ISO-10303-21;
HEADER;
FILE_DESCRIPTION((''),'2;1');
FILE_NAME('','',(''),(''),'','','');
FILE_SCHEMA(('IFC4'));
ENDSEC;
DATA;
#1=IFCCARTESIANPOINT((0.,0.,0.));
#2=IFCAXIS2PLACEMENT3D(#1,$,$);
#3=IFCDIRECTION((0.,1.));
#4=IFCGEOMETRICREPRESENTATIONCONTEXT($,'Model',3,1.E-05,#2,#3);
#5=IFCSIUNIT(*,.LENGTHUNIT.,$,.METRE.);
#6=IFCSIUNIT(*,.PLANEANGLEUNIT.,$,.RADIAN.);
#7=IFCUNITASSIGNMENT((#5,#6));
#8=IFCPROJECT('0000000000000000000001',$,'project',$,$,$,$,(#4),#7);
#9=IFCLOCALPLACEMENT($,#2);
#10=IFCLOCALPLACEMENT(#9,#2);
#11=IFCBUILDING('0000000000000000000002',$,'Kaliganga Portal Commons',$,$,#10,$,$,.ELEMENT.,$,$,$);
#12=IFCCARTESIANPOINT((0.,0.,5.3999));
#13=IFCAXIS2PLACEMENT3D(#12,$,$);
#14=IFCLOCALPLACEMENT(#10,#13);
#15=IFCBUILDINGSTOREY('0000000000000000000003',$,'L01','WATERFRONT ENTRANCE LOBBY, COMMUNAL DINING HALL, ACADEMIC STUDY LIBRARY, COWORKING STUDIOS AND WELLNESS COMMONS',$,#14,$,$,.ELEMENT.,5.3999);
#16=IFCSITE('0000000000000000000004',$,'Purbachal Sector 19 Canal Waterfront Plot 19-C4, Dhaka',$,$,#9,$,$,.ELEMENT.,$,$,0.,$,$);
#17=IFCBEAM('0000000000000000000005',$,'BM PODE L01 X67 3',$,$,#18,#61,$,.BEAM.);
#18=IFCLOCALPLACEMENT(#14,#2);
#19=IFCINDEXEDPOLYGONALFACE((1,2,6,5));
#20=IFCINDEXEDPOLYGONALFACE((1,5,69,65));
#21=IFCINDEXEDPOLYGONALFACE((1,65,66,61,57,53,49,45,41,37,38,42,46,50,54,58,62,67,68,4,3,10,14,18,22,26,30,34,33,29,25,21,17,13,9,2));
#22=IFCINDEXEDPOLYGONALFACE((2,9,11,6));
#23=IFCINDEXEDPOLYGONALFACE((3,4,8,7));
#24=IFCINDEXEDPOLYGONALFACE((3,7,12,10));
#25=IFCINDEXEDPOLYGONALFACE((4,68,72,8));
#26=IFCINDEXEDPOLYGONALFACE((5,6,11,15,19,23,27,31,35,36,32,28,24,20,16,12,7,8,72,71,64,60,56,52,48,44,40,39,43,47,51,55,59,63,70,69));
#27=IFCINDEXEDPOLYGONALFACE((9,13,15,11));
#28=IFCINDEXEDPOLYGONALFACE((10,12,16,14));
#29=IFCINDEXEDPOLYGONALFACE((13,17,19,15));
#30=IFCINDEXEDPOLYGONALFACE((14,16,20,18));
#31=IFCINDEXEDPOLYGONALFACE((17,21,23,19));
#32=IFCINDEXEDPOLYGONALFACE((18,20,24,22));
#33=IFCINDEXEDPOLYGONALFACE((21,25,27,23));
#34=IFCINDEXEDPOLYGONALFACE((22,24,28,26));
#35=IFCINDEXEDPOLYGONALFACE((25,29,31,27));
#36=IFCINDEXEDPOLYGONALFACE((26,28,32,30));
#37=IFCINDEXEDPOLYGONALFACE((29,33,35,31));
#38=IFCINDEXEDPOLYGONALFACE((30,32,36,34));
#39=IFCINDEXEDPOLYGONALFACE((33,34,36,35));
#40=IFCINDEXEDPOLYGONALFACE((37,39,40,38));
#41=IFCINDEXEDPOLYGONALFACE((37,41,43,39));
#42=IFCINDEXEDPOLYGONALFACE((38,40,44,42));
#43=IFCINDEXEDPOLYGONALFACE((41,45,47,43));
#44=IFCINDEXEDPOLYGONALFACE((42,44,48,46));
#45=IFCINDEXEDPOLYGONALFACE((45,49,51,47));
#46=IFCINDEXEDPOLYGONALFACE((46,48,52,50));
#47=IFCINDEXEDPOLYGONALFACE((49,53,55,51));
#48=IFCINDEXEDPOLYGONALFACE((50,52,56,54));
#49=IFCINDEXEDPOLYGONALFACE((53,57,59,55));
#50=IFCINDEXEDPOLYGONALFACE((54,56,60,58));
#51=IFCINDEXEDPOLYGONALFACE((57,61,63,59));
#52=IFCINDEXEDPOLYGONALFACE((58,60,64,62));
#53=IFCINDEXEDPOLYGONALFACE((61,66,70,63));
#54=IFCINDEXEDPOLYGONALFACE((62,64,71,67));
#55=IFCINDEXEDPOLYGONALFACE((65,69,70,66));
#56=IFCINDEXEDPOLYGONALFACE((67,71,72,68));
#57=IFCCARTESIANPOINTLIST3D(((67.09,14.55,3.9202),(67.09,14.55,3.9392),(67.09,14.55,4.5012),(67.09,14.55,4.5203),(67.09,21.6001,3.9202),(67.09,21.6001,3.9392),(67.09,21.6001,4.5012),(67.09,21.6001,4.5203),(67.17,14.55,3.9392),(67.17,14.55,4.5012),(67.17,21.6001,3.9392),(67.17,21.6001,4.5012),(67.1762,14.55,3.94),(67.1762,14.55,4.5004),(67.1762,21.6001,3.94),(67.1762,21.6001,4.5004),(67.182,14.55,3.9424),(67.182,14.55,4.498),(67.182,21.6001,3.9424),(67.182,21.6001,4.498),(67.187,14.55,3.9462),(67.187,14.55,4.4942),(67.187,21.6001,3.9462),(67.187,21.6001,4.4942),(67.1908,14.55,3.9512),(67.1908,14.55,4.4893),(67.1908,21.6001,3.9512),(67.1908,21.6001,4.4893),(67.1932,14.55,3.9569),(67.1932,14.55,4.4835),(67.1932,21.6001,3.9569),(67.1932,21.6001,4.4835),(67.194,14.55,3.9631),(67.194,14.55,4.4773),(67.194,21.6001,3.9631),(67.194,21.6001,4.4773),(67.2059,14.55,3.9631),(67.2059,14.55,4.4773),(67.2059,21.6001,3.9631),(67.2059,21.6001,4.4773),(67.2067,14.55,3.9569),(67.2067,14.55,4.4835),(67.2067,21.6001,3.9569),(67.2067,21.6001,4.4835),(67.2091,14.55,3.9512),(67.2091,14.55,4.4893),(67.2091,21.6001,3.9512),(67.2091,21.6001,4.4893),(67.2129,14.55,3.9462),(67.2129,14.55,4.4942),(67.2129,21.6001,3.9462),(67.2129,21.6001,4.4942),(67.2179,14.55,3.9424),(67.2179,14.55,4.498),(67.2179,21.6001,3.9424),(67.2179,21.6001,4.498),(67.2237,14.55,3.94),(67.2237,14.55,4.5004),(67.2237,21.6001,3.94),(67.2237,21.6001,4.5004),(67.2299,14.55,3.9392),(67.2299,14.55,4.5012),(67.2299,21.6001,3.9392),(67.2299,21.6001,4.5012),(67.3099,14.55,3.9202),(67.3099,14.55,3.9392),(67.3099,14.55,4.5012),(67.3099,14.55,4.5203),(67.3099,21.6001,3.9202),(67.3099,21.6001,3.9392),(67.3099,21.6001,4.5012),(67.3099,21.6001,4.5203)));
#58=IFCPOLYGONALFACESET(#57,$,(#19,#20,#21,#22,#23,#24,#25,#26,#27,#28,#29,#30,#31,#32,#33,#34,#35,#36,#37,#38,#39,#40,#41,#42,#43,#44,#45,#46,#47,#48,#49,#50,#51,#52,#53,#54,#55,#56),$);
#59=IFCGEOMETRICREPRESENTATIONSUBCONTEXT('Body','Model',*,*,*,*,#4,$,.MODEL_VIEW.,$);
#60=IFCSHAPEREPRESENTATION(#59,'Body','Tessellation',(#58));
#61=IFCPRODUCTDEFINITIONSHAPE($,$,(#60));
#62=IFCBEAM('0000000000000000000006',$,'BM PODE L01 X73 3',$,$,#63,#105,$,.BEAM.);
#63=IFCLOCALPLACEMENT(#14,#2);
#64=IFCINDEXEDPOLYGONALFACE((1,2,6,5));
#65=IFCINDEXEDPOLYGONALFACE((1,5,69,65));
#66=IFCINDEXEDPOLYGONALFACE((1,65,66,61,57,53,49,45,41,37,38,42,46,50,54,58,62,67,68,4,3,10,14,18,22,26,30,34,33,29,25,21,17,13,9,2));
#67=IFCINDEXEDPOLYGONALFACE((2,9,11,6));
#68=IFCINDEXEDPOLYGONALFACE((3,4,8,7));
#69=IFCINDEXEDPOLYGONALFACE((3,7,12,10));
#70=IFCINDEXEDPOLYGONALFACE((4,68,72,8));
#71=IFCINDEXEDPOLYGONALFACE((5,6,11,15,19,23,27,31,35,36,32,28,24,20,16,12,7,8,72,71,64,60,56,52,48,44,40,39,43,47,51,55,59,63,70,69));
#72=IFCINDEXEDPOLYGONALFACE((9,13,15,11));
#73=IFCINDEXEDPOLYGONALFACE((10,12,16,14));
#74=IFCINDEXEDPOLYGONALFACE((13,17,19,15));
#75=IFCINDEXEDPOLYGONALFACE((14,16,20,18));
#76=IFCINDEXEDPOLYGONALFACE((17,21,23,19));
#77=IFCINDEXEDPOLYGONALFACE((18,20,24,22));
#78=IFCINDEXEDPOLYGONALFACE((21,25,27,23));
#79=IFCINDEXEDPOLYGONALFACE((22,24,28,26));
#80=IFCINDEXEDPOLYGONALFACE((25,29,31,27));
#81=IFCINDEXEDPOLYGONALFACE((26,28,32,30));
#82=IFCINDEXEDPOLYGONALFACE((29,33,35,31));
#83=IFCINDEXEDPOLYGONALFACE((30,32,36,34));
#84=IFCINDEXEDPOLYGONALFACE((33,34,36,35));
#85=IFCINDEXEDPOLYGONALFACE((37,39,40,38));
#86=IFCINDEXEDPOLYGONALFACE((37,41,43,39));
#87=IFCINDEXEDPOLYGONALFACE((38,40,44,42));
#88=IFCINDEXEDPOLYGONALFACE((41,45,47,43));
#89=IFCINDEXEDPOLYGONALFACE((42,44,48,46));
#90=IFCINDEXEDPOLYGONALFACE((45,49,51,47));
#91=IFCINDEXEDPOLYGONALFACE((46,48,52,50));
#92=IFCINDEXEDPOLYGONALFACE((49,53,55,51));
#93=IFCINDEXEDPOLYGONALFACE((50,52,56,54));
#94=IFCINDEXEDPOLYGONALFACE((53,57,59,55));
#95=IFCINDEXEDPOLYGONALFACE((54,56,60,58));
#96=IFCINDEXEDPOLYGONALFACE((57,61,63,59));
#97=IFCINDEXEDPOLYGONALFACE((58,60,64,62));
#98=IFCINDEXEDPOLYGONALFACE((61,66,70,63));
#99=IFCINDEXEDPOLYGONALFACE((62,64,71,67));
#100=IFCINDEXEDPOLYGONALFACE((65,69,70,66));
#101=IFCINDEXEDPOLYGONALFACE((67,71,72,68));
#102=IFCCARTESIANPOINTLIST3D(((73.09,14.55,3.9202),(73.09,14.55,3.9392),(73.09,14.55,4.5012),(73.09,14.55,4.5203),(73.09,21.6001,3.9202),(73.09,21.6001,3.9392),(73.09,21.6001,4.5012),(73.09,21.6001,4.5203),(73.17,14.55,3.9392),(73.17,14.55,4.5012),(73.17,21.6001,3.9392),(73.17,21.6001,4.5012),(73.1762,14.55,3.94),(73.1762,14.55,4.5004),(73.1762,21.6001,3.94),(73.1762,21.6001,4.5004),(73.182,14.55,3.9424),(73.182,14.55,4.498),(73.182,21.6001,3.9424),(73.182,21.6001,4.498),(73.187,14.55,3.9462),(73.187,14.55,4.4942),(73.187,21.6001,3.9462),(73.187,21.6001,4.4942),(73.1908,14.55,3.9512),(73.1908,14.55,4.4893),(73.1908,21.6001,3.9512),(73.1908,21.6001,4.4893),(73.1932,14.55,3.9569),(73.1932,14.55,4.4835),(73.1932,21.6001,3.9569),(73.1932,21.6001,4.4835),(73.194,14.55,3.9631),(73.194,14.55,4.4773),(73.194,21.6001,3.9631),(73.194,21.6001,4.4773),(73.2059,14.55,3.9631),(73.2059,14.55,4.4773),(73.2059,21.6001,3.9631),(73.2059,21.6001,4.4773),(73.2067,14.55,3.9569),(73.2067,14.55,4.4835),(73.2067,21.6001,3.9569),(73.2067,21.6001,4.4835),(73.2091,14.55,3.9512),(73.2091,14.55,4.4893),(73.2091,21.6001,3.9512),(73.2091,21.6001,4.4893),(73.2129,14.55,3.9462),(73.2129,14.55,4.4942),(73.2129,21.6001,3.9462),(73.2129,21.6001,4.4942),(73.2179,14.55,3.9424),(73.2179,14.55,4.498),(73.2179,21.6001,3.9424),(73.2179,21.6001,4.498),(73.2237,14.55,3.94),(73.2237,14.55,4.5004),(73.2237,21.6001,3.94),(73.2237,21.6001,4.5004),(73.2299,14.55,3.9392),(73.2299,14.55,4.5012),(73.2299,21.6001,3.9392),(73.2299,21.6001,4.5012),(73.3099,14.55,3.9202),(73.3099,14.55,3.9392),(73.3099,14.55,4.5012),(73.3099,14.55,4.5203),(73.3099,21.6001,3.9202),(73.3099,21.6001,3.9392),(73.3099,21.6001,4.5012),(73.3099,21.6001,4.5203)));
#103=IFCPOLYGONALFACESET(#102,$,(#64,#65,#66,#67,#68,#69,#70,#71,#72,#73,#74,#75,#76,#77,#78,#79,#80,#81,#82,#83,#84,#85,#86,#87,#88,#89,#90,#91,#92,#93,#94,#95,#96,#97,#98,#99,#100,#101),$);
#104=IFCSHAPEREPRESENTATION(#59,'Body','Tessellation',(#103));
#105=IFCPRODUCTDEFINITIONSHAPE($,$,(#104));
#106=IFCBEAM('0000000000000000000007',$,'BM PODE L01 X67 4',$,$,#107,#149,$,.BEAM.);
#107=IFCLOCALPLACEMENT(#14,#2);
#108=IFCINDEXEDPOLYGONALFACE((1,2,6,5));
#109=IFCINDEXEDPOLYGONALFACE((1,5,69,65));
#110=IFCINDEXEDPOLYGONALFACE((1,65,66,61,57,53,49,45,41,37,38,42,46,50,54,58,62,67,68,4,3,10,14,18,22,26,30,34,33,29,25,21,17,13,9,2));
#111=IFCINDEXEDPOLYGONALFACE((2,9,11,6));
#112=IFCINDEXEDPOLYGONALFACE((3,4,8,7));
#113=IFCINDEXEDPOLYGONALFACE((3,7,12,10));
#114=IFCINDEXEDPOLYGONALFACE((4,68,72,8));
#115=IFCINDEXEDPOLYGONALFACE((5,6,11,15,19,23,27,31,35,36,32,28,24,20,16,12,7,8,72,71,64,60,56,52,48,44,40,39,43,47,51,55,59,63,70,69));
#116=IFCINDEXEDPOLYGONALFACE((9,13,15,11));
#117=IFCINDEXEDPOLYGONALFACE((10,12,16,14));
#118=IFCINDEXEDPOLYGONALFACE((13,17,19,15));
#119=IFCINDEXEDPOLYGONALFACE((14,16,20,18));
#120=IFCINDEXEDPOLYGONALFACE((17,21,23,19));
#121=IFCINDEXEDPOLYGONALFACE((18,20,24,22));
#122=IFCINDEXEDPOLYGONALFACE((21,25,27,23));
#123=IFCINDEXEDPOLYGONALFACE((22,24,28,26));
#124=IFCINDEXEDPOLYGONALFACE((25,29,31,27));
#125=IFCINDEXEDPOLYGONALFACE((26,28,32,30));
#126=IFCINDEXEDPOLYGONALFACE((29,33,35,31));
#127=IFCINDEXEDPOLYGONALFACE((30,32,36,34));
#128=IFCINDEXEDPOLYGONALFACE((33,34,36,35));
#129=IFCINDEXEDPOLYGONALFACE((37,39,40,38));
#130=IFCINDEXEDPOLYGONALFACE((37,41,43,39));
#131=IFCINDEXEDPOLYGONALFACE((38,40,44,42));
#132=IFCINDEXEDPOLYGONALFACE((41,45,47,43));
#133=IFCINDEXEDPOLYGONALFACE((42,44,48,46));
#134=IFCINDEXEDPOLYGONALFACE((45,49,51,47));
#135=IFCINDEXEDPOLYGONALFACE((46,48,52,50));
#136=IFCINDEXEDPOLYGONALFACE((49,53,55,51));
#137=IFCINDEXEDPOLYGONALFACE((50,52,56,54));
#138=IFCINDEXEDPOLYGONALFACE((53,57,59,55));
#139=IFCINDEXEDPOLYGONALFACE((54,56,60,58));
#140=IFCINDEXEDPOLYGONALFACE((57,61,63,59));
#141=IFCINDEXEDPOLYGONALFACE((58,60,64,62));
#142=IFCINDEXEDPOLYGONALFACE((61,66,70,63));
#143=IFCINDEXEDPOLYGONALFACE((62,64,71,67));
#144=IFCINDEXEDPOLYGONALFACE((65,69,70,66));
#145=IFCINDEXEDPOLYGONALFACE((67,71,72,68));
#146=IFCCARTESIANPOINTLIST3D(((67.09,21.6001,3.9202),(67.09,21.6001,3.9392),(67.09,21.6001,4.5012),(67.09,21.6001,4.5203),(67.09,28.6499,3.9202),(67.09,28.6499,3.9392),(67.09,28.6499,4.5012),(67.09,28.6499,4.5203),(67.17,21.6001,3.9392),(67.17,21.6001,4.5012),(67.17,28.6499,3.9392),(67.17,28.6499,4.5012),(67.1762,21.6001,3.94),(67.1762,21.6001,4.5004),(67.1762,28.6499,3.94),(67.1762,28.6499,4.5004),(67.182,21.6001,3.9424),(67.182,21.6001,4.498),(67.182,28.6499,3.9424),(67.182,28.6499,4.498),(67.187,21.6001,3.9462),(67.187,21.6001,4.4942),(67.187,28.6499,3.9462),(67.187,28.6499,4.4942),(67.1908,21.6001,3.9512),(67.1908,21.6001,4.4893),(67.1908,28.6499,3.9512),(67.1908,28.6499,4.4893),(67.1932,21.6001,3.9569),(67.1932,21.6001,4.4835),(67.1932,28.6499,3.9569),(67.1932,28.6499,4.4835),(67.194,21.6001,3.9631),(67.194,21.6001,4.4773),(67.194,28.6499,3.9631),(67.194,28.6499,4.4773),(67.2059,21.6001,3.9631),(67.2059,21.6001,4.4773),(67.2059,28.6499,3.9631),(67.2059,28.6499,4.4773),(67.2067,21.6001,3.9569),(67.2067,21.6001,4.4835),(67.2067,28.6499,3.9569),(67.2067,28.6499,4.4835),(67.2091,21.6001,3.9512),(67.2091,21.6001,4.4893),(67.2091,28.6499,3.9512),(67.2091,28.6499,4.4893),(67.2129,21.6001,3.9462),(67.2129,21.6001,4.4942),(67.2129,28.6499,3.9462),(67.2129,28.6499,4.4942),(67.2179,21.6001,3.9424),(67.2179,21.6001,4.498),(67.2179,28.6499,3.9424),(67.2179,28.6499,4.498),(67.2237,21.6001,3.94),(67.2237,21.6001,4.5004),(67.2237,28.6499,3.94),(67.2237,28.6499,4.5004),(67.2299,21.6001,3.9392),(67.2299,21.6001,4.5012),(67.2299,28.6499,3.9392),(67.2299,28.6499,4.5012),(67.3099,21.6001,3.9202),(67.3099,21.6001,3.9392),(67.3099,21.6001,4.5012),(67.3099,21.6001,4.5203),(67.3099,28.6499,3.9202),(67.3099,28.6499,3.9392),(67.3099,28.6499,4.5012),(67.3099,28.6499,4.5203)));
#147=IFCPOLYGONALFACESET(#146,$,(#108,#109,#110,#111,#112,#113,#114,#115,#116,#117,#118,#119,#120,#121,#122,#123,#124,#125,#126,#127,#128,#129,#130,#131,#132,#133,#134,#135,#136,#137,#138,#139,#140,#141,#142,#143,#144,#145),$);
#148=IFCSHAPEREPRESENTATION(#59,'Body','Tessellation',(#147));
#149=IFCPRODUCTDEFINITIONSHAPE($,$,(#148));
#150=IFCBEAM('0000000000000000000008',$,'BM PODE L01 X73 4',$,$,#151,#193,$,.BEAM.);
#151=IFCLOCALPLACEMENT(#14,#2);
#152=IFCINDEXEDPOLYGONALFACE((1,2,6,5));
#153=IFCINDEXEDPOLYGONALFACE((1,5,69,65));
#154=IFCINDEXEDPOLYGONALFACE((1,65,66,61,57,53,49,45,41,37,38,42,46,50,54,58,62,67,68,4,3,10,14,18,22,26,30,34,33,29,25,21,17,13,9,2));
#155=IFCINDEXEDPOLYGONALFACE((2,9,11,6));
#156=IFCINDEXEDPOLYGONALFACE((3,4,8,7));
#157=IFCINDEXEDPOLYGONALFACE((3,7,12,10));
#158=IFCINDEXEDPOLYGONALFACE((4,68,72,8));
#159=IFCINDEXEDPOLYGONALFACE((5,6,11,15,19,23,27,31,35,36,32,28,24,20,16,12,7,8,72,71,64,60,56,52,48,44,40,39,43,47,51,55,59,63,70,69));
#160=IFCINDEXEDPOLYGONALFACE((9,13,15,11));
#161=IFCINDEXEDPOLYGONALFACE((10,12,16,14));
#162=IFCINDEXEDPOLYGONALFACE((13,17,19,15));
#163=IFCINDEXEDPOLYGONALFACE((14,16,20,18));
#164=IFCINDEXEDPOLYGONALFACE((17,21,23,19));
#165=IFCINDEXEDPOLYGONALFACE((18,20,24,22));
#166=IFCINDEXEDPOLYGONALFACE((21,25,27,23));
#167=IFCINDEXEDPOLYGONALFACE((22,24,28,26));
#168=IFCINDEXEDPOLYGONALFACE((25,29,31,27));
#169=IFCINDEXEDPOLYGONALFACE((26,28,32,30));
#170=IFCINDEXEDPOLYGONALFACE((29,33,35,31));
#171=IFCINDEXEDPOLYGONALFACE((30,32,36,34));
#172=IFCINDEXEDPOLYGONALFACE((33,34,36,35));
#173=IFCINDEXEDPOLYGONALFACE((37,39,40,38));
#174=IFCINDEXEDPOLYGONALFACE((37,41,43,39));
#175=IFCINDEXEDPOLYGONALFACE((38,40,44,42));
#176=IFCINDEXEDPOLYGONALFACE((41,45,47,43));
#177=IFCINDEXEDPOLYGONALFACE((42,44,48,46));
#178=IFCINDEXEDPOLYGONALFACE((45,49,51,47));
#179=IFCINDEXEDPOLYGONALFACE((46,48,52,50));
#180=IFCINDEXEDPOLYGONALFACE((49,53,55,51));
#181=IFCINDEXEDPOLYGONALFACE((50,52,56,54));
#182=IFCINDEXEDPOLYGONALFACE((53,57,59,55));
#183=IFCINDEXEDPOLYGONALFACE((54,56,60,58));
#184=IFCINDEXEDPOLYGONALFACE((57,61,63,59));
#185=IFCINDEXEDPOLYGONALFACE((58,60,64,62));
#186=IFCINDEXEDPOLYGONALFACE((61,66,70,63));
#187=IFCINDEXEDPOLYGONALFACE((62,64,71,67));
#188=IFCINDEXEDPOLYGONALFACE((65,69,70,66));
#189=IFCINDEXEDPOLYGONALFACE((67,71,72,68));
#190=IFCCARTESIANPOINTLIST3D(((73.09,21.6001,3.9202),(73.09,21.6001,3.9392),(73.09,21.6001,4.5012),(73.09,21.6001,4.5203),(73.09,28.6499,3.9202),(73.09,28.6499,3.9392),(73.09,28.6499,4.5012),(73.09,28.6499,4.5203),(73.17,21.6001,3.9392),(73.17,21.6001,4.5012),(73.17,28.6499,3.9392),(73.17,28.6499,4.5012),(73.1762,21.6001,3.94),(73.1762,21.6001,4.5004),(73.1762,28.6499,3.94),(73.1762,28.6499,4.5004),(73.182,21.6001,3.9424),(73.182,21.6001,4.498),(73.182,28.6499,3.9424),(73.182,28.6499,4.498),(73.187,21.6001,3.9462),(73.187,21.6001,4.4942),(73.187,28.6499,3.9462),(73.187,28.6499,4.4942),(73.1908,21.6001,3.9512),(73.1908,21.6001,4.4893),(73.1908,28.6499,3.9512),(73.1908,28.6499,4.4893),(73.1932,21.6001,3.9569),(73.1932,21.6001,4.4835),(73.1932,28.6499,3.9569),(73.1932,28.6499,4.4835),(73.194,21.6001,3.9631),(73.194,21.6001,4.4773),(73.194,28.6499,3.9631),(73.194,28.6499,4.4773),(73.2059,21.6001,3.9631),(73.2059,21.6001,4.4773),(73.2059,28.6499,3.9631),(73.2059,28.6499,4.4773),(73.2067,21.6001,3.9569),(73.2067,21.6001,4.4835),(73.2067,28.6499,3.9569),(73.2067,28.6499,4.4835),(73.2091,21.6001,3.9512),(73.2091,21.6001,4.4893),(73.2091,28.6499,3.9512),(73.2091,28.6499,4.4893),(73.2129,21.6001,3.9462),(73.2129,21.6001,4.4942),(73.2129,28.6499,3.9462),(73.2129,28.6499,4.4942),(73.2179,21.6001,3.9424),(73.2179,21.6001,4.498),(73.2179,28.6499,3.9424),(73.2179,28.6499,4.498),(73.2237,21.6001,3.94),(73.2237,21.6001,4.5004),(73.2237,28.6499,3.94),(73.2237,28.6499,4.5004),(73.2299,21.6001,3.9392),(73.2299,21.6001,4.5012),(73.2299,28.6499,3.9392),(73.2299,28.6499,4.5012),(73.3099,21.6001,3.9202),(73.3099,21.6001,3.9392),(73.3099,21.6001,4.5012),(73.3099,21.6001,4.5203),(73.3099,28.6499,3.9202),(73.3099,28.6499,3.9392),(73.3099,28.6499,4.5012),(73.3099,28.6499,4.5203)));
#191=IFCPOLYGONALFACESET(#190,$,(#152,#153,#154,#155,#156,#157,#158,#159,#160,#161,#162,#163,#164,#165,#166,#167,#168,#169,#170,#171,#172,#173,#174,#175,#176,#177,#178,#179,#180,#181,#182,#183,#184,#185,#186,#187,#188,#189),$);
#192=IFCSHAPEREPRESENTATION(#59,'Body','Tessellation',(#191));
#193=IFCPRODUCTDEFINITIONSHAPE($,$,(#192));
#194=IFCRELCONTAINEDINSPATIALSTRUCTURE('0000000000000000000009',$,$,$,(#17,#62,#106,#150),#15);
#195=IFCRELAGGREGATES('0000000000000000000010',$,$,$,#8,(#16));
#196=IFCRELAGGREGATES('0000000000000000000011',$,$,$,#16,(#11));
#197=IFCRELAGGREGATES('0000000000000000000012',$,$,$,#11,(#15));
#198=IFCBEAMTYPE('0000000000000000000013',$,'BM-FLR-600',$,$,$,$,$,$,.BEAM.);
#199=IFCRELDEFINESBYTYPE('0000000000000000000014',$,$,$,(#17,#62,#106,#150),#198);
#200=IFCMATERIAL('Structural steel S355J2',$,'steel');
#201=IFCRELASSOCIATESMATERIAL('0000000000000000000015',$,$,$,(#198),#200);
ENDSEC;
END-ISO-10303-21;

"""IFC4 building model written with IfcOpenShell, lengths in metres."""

from ifc_helpers import new_model, si_unit, direction, frame, origin, origin_2d, place, context, subcontext, project, spatial, i_section, extrude, source, transform, mapped, material, material_profile, profile_set, type_object, element, save


model = new_model("IFC4")

# Units and contexts
model_context = context("Model", 3, precision=1e-05, world=origin(), true_north=direction((0.0, 1.0)))
body_context = subcontext(model_context, "Body", "Model", "MODEL_VIEW")
ifc_project = project(units=[si_unit("LENGTHUNIT", "METRE"), si_unit("PLANEANGLEUNIT", "RADIAN")], contexts=[model_context])

# Site, building, storey
site_placement = place(None, origin())
site = spatial("IfcSite", under=ifc_project, at=site_placement, Name="Purbachal Sector 19 Canal Waterfront Plot 19-C4, Dhaka", CompositionType="ELEMENT", RefElevation=0.0)
building_placement = place(site_placement, origin())
building = spatial("IfcBuilding", under=site, at=building_placement, Name="Kaliganga Portal Commons", CompositionType="ELEMENT")
storey_placement = place(building_placement, frame((0.0, 0.0, 5.3999)))
storey = spatial("IfcBuildingStorey", under=building, at=storey_placement, Name="L01", Description="WATERFRONT ENTRANCE LOBBY, COMMUNAL DINING HALL, ACADEMIC STUDY LIBRARY, COWORKING STUDIOS AND WELLNESS COMMONS", CompositionType="ELEMENT", Elevation=5.3999)

# Beams
ifc_material_1 = material(Name="Structural steel S355J2", Category="steel")
ifc_material_profile_1 = material_profile(ifc_material_1, i_section(OverallWidth=0.22, OverallDepth=0.6001, WebThickness=0.012, FlangeThickness=0.019, FilletRadius=0.0239, at=origin_2d()), Name="IPE 600")
ifc_profile_set_1 = profile_set([ifc_material_profile_1], Name="Structural steel S355J2 wide-flange")
beam_type_1 = type_object("IfcBeamType", Name="BM-FLR-600", PredefinedType="BEAM", material=ifc_profile_set_1)
shared_shape_1 = source(origin(), body_context, "Body", "SweptSolid", [
    extrude(i_section(OverallWidth=0.22, OverallDepth=0.6001, WebThickness=0.012, FlangeThickness=0.019, FilletRadius=0.0239, at=origin_2d()), origin(), (0.0, 0.0, 1.0), 7.05),
])
for number, where, z_axis, x_axis, name in (
    (1, (67.2, 14.55, 4.2202), (0.0, 1.0, 0.0), (-1.0, 0.0, 0.0), "BM PODE L01 X67 3"),
    (2, (73.2, 14.55, 4.2202), (0.0, 1.0, 0.0), (-1.0, 0.0, 0.0), "BM PODE L01 X73 3"),
):
    element("IfcBeam", number, at=place(storey_placement, frame(where, z_axis=z_axis, x_axis=x_axis)), inside=storey, type_object=beam_type_1, Name=name, PredefinedType="BEAM", context=body_context, shape_type="MappedRepresentation", body=[
        mapped(shared_shape_1, transform((0.0, 0.0, 0.0), x_axis=(1.0, 0.0, 0.0), y_axis=(0.0, 1.0, 0.0), z_axis=(0.0, 0.0, 1.0), scale=1.0)),
    ])
shared_shape_2 = source(origin(), body_context, "Body", "SweptSolid", [
    extrude(i_section(OverallWidth=0.22, OverallDepth=0.6001, WebThickness=0.012, FlangeThickness=0.019, FilletRadius=0.0239, at=origin_2d()), origin(), (0.0, 0.0, 1.0), 7.0498),
])
for number, where, z_axis, x_axis, name in (
    (3, (67.2, 21.6001, 4.2202), (0.0, 1.0, 0.0), (-1.0, 0.0, 0.0), "BM PODE L01 X67 4"),
    (4, (73.2, 21.6001, 4.2202), (0.0, 1.0, 0.0), (-1.0, 0.0, 0.0), "BM PODE L01 X73 4"),
):
    element("IfcBeam", number, at=place(storey_placement, frame(where, z_axis=z_axis, x_axis=x_axis)), inside=storey, type_object=beam_type_1, Name=name, PredefinedType="BEAM", context=body_context, shape_type="MappedRepresentation", body=[
        mapped(shared_shape_2, transform((0.0, 0.0, 0.0), x_axis=(1.0, 0.0, 0.0), y_axis=(0.0, 1.0, 0.0), z_axis=(0.0, 0.0, 1.0), scale=1.0)),
    ])

save(model, "model.ifc")
